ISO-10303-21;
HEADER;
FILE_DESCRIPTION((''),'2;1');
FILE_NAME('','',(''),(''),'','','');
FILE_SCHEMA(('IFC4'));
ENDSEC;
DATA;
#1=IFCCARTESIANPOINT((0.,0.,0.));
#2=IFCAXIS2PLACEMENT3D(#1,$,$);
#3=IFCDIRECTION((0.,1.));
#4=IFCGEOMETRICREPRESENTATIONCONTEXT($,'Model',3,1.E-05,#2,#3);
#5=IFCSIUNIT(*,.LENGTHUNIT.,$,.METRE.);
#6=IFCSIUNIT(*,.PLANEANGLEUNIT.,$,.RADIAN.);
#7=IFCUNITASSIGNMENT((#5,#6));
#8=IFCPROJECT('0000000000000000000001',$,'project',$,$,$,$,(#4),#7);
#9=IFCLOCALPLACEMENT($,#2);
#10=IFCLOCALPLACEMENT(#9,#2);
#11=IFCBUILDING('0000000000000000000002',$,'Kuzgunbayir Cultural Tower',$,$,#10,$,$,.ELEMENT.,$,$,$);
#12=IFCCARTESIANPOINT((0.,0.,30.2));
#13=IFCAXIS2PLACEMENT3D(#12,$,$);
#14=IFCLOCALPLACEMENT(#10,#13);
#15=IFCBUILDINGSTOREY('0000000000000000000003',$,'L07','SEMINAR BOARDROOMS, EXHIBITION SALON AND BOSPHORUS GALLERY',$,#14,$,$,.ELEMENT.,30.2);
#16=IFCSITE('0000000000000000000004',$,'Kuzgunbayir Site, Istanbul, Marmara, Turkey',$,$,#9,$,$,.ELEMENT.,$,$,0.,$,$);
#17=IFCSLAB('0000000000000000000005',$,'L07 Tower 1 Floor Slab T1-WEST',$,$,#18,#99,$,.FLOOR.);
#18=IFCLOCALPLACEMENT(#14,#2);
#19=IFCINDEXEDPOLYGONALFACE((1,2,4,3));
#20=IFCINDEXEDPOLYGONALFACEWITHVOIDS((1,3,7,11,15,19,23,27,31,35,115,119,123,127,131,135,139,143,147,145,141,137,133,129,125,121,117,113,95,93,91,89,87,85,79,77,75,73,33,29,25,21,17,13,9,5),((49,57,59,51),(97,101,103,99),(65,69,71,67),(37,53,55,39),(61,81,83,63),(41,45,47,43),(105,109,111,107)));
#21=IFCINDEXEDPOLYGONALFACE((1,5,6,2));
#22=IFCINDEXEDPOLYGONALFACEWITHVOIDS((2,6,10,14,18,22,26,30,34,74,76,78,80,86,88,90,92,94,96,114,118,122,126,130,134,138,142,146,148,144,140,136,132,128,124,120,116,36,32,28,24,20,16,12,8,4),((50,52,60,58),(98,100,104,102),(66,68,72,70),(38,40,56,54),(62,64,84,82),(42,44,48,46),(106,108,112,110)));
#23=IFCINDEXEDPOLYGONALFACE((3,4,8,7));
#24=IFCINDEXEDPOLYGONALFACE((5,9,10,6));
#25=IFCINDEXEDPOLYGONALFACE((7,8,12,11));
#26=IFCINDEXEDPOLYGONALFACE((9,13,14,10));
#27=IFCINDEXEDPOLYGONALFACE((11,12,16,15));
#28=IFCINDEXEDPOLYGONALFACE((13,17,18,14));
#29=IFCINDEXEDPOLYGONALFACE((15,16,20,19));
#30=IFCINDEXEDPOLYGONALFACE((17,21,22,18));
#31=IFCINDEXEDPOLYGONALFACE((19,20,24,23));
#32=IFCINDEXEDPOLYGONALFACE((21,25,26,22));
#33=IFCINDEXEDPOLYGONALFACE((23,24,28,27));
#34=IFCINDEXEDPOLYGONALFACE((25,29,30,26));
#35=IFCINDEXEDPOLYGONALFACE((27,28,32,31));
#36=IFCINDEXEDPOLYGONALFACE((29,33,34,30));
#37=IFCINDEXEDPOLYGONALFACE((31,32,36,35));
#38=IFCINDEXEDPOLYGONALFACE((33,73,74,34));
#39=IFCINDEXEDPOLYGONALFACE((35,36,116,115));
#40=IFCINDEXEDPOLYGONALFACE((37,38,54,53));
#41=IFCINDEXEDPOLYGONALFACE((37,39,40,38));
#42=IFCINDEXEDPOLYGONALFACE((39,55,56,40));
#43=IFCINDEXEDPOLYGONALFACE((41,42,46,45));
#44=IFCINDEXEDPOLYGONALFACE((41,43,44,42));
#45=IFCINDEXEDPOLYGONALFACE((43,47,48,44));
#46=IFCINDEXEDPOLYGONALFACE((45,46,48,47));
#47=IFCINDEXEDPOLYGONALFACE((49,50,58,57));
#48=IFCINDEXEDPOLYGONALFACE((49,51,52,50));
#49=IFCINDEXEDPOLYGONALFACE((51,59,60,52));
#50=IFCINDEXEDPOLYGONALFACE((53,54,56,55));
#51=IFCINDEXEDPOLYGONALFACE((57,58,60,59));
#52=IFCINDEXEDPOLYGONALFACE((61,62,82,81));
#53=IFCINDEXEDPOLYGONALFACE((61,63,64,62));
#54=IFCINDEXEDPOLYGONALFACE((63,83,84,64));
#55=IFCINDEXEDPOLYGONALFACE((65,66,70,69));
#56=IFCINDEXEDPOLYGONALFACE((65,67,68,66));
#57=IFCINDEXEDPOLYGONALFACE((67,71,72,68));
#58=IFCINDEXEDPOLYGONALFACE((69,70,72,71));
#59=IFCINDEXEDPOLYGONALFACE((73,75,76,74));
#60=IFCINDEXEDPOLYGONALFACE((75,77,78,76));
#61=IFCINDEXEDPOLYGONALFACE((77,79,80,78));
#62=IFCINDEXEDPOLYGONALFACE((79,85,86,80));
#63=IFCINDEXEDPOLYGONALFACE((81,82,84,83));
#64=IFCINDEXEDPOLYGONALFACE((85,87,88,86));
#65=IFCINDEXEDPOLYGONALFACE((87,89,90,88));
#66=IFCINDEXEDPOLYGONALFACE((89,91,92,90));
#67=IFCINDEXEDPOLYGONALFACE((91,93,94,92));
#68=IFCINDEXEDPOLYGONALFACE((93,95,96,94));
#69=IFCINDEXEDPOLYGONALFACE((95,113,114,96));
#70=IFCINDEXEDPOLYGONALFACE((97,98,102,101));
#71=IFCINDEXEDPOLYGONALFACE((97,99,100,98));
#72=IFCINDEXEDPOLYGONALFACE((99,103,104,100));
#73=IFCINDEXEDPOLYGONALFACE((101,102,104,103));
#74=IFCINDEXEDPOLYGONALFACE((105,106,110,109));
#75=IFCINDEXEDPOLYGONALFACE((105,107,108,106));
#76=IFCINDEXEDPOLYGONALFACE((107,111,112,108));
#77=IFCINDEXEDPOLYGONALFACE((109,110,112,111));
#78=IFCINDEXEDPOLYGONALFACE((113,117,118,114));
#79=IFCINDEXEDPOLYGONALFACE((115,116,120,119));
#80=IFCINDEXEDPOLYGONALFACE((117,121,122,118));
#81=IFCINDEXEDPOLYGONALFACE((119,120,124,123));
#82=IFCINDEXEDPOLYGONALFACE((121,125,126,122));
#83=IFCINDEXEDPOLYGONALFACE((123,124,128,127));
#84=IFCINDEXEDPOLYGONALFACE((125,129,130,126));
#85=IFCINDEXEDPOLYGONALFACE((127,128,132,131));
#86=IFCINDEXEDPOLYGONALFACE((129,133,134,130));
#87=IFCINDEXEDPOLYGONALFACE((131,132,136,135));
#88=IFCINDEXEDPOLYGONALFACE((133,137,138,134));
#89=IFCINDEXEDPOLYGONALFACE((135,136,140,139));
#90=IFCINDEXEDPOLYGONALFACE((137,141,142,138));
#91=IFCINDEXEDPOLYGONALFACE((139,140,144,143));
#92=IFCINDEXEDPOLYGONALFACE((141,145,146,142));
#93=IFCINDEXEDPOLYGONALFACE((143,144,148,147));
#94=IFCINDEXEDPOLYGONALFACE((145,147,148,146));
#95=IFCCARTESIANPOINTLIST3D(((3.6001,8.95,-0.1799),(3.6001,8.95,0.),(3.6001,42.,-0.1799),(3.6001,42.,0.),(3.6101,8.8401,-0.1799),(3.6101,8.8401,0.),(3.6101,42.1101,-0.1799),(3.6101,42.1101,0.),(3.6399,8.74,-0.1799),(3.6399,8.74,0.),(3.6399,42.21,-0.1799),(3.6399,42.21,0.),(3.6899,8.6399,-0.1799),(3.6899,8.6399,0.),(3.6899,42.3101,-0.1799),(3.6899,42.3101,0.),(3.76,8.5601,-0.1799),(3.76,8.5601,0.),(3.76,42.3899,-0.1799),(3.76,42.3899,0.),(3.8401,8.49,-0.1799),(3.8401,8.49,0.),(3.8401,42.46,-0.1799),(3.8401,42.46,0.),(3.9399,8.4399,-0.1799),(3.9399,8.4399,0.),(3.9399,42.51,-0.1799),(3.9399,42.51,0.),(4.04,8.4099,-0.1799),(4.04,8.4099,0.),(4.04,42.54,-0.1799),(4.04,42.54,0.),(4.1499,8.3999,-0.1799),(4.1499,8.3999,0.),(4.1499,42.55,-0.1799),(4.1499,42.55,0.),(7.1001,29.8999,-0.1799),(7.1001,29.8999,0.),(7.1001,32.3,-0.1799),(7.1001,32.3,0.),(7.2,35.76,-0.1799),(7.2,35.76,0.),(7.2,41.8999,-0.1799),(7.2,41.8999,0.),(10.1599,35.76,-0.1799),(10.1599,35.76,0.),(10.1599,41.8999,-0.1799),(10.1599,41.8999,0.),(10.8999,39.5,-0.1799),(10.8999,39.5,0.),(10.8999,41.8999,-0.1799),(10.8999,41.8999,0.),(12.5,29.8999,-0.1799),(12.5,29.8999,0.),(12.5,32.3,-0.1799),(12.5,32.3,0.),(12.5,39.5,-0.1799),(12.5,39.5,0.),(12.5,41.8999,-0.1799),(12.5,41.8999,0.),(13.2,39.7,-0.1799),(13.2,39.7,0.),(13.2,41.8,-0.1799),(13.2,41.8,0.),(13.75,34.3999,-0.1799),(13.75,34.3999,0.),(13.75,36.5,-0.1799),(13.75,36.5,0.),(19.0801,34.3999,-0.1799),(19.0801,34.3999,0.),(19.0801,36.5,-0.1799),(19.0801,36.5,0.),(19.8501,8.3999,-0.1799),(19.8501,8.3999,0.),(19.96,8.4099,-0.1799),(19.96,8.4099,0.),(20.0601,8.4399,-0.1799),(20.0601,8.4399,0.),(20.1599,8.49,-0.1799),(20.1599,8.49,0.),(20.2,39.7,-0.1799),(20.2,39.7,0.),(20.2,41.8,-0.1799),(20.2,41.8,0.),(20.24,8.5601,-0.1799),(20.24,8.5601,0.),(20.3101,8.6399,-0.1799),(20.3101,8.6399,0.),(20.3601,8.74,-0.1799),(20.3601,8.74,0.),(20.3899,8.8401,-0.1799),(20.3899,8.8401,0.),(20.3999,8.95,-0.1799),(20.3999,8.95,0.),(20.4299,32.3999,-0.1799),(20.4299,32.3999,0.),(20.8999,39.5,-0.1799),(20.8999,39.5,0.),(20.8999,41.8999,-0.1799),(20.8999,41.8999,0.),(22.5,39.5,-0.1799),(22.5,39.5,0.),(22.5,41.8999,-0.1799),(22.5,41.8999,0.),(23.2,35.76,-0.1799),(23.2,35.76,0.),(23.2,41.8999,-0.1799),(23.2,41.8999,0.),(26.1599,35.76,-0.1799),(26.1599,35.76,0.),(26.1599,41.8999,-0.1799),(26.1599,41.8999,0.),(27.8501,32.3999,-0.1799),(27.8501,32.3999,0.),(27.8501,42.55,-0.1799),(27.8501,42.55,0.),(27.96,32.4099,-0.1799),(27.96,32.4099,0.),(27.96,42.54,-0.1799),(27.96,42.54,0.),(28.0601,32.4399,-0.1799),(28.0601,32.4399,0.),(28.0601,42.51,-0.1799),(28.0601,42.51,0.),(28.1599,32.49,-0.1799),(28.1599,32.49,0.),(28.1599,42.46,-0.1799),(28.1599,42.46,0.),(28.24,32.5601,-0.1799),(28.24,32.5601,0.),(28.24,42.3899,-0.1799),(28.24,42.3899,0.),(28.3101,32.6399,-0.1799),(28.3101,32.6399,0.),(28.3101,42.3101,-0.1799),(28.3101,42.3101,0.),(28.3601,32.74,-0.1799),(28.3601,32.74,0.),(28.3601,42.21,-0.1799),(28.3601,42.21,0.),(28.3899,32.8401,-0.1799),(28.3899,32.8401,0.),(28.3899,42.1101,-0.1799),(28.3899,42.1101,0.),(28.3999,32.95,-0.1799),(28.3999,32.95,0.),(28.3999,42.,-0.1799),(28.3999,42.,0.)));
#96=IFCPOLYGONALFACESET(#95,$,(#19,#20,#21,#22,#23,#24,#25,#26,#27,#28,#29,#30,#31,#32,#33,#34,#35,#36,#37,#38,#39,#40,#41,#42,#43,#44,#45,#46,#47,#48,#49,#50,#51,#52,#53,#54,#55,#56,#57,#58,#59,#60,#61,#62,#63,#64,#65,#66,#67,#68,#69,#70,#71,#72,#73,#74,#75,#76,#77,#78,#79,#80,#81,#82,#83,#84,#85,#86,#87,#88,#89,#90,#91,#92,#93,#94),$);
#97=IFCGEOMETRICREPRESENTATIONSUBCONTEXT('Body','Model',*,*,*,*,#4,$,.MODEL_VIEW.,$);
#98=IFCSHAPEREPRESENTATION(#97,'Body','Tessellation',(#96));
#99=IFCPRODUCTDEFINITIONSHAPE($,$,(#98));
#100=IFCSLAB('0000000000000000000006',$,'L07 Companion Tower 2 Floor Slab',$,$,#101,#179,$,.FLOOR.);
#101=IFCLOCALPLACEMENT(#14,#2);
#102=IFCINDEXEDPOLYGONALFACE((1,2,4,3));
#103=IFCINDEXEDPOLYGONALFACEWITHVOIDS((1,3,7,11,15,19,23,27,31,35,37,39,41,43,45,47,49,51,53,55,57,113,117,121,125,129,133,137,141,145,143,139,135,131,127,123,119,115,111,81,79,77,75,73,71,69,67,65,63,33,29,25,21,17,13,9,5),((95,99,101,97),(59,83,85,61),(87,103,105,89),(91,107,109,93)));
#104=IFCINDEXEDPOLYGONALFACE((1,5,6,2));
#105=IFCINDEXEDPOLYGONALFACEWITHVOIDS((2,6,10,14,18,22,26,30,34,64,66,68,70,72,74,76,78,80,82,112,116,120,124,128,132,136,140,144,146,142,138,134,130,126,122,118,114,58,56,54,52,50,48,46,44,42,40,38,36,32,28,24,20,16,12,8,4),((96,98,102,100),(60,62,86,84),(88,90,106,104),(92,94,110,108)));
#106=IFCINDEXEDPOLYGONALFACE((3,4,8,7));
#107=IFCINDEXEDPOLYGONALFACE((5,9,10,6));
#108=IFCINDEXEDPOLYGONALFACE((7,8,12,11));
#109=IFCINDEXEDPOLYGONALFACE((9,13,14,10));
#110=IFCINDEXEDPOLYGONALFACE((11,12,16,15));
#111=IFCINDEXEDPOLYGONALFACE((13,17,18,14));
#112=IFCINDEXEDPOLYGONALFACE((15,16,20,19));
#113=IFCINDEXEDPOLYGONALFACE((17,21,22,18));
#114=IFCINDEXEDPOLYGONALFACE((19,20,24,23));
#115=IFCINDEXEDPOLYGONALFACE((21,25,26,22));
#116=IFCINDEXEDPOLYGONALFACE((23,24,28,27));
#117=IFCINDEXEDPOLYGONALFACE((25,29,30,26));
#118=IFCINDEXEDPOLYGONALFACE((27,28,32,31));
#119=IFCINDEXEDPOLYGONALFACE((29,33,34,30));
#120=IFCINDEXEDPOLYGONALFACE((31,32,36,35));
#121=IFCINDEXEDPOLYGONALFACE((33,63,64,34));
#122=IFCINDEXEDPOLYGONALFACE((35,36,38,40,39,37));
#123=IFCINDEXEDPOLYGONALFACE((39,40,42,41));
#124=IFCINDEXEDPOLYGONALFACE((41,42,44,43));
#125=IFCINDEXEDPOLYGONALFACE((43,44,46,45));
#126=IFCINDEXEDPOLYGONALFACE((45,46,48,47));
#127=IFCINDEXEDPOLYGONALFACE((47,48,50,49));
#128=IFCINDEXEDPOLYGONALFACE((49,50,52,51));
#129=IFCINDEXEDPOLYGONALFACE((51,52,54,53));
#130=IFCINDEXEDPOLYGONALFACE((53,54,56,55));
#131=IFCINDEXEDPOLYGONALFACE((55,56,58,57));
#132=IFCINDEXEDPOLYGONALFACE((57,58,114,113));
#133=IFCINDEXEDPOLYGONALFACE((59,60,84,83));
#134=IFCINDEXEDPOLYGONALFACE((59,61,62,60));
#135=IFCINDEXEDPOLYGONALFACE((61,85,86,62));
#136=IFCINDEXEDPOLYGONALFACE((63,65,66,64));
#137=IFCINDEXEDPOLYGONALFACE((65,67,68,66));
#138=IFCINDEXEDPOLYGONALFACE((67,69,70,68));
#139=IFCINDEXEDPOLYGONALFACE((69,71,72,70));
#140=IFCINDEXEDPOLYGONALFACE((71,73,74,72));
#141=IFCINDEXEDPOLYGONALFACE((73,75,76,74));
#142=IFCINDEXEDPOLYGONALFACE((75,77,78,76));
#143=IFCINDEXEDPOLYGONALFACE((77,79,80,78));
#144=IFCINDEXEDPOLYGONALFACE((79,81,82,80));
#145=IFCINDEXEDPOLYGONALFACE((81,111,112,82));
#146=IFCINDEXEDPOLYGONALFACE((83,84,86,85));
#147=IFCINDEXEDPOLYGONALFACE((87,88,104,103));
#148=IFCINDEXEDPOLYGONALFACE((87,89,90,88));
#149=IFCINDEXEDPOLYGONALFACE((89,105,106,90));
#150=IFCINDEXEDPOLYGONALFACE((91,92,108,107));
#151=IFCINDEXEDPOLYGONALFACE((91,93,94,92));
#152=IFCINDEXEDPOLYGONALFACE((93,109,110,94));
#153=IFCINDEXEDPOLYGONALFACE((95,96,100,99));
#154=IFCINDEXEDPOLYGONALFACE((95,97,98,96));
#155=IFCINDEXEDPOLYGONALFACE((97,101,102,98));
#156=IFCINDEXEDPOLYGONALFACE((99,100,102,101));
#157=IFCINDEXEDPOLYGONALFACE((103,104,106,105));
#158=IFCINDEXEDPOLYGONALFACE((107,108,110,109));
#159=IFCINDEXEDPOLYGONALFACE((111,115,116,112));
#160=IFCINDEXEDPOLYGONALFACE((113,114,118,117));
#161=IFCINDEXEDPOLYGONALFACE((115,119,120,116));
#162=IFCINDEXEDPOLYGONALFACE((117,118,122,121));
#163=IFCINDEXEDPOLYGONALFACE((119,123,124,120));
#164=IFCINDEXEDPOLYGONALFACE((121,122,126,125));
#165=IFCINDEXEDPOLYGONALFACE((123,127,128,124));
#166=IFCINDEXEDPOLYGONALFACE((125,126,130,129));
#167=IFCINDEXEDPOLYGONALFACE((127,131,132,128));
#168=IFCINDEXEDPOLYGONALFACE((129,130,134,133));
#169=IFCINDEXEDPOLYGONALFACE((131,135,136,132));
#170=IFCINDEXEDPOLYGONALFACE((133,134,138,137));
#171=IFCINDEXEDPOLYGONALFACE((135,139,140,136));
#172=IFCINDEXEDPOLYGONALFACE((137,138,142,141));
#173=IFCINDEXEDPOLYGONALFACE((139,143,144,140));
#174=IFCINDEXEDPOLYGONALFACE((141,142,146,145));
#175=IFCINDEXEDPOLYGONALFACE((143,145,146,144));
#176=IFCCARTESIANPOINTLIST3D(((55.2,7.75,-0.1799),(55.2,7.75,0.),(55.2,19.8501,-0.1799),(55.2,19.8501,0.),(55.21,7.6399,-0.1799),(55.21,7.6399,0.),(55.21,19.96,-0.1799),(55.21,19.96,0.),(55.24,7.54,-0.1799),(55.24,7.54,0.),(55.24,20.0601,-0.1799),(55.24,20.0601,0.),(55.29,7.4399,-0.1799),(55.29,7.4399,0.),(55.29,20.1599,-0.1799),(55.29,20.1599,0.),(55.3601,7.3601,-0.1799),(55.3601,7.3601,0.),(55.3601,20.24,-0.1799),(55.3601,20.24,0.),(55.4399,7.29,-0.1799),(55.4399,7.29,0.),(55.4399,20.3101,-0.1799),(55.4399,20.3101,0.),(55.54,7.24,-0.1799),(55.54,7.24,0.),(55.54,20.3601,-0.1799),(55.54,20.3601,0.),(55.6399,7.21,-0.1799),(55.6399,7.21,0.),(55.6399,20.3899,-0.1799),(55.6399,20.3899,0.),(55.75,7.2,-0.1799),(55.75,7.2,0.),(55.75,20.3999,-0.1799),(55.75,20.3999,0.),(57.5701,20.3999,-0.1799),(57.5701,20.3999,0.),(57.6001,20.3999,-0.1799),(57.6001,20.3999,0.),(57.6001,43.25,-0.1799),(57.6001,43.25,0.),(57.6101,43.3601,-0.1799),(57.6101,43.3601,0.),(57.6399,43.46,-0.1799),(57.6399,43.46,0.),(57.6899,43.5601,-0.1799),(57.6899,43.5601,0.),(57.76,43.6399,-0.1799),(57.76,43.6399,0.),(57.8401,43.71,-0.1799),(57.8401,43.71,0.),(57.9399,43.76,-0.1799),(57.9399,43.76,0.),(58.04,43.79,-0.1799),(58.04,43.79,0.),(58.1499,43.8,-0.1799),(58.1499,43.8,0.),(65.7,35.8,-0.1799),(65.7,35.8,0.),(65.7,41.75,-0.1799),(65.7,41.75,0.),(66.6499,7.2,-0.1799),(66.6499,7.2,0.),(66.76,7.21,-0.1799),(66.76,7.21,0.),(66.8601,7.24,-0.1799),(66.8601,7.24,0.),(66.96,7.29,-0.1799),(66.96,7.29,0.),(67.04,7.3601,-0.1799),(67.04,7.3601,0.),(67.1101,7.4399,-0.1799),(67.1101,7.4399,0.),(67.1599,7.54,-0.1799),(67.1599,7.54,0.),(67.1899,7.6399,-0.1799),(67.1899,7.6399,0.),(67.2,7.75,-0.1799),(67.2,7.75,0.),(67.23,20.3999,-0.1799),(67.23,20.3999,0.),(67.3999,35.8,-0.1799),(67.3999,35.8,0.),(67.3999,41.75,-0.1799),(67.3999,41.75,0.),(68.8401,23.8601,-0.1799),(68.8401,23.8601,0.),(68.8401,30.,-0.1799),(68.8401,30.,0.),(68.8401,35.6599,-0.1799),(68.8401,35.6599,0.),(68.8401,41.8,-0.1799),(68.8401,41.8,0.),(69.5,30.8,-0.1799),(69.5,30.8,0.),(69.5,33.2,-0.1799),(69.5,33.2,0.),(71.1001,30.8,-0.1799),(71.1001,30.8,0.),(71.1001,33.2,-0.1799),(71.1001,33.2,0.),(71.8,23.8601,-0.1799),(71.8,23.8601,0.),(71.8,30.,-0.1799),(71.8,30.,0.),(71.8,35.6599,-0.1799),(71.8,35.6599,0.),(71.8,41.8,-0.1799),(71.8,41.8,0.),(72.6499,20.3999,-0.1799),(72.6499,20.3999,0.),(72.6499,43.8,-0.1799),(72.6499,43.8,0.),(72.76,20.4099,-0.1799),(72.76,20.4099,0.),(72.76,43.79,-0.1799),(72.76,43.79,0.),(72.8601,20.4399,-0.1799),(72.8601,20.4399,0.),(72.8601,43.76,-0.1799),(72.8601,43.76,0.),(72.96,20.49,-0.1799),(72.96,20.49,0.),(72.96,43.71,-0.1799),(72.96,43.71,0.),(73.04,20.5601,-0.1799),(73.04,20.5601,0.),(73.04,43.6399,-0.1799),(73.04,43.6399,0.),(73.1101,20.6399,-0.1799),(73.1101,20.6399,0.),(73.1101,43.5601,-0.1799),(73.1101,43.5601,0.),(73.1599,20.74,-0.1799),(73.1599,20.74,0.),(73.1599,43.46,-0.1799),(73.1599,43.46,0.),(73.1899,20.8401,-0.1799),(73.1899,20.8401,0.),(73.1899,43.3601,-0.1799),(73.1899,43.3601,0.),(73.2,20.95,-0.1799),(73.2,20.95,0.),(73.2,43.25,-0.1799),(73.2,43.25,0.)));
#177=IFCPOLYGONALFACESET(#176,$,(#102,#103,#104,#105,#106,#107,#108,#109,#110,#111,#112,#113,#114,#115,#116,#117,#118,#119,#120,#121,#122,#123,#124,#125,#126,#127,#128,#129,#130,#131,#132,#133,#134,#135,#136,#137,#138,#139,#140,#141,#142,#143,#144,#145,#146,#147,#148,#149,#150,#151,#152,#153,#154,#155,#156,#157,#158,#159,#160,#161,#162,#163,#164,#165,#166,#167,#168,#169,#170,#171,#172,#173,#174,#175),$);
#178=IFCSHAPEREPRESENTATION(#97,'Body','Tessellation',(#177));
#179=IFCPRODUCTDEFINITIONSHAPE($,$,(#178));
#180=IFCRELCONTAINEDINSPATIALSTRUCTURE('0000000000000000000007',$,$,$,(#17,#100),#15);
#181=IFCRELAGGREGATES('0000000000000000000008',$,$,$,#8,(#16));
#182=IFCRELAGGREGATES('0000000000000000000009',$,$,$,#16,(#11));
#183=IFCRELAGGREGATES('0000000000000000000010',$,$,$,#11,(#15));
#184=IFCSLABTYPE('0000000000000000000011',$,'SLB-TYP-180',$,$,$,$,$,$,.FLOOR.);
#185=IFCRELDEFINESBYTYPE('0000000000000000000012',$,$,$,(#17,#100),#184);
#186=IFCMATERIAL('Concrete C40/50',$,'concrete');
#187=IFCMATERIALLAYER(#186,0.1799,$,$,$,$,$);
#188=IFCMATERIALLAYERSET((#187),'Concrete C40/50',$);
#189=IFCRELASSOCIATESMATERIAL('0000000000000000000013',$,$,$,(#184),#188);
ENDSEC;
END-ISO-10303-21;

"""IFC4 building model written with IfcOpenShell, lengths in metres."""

from ifc_helpers import new_model, si_unit, direction, frame, origin, place, context, subcontext, project, spatial, polyline, outline, extrude, material, layer, layer_set, type_object, element, save


model = new_model("IFC4")

# Units and contexts
model_context = context("Model", 3, precision=1e-05, world=origin(), true_north=direction((0.0, 1.0)))
body_context = subcontext(model_context, "Body", "Model", "MODEL_VIEW")
ifc_project = project(units=[si_unit("LENGTHUNIT", "METRE"), si_unit("PLANEANGLEUNIT", "RADIAN")], contexts=[model_context])

# Site, building, storey
site_placement = place(None, origin())
site = spatial("IfcSite", under=ifc_project, at=site_placement, Name="Kuzgunbayir Site, Istanbul, Marmara, Turkey", CompositionType="ELEMENT", RefElevation=0.0)
building_placement = place(site_placement, origin())
building = spatial("IfcBuilding", under=site, at=building_placement, Name="Kuzgunbayir Cultural Tower", CompositionType="ELEMENT")
storey_placement = place(building_placement, frame((0.0, 0.0, 30.2)))
storey = spatial("IfcBuildingStorey", under=building, at=storey_placement, Name="L07", Description="SEMINAR BOARDROOMS, EXHIBITION SALON AND BOSPHORUS GALLERY", CompositionType="ELEMENT", Elevation=30.2)

# Shared definitions
ifc_material_1 = material(Name="Concrete C40/50", Category="concrete")

# Slabs
ifc_layer_1 = layer(ifc_material_1, 0.1799)
ifc_layer_set_1 = layer_set([ifc_layer_1], Name="Concrete C40/50")
slab_type_1 = type_object("IfcSlabType", Name="SLB-TYP-180", PredefinedType="FLOOR", material=ifc_layer_set_1)
slab_1_placement = place(storey_placement, frame((0.0, 0.0, -0.1799)))
element("IfcSlab", 1, at=slab_1_placement, inside=storey, type_object=slab_type_1, Name="L07 Tower 1 Floor Slab T1-WEST", PredefinedType="FLOOR", context=body_context, shape_type="SweptSolid", body=[
    extrude(outline(polyline([(20.3999, 8.95), (20.3899, 8.8401), (20.3601, 8.74), (20.3101, 8.6399), (20.24, 8.5601), (20.1599, 8.49), (20.0601, 8.4399), (19.96, 8.4099), (19.8501, 8.3999), (4.1499, 8.3999), (4.04, 8.4099), (3.9399, 8.4399), (3.8401, 8.49), (3.76, 8.5601), (3.6899, 8.6399), (3.6399, 8.74), (3.6101, 8.8401), (3.6001, 8.95), (3.6001, 42.0), (3.6101, 42.1101), (3.6399, 42.21), (3.6899, 42.3101), (3.76, 42.3899), (3.8401, 42.46), (3.9399, 42.51), (4.04, 42.54), (4.1499, 42.55), (27.8501, 42.55), (27.96, 42.54), (28.0601, 42.51), (28.1599, 42.46), (28.24, 42.3899), (28.3101, 42.3101), (28.3601, 42.21), (28.3899, 42.1101), (28.3999, 42.0), (28.3999, 32.95), (28.3899, 32.8401), (28.3601, 32.74), (28.3101, 32.6399), (28.24, 32.5601), (28.1599, 32.49), (28.0601, 32.4399), (27.96, 32.4099), (27.8501, 32.3999), (20.4299, 32.3999), (20.3999, 8.95)]), holes=[polyline([(7.2, 35.76), (7.2, 41.8999), (10.1599, 41.8999), (10.1599, 35.76), (7.2, 35.76)]), polyline([(23.2, 35.76), (23.2, 41.8999), (26.1599, 41.8999), (26.1599, 35.76), (23.2, 35.76)]), polyline([(13.2, 39.7), (13.2, 41.8), (20.2, 41.8), (20.2, 39.7), (13.2, 39.7)]), polyline([(13.75, 34.3999), (13.75, 36.5), (19.0801, 36.5), (19.0801, 34.3999), (13.75, 34.3999)]), polyline([(7.1001, 29.8999), (7.1001, 32.3), (12.5, 32.3), (12.5, 29.8999), (7.1001, 29.8999)]), polyline([(10.8999, 39.5), (10.8999, 41.8999), (12.5, 41.8999), (12.5, 39.5), (10.8999, 39.5)]), polyline([(20.8999, 39.5), (20.8999, 41.8999), (22.5, 41.8999), (22.5, 39.5), (20.8999, 39.5)])]), origin(), (0.0, 0.0, 1.0), 0.1799),
])
slab_2_placement = place(storey_placement, frame((0.0, 0.0, -0.1799)))
element("IfcSlab", 2, at=slab_2_placement, inside=storey, type_object=slab_type_1, Name="L07 Companion Tower 2 Floor Slab", PredefinedType="FLOOR", context=body_context, shape_type="SweptSolid", body=[
    extrude(outline(polyline([(57.6001, 20.3999), (57.6001, 43.25), (57.6101, 43.3601), (57.6399, 43.46), (57.6899, 43.5601), (57.76, 43.6399), (57.8401, 43.71), (57.9399, 43.76), (58.04, 43.79), (58.1499, 43.8), (72.6499, 43.8), (72.76, 43.79), (72.8601, 43.76), (72.96, 43.71), (73.04, 43.6399), (73.1101, 43.5601), (73.1599, 43.46), (73.1899, 43.3601), (73.2, 43.25), (73.2, 20.95), (73.1899, 20.8401), (73.1599, 20.74), (73.1101, 20.6399), (73.04, 20.5601), (72.96, 20.49), (72.8601, 20.4399), (72.76, 20.4099), (72.6499, 20.3999), (67.23, 20.3999), (67.2, 7.75), (67.1899, 7.6399), (67.1599, 7.54), (67.1101, 7.4399), (67.04, 7.3601), (66.96, 7.29), (66.8601, 7.24), (66.76, 7.21), (66.6499, 7.2), (55.75, 7.2), (55.6399, 7.21), (55.54, 7.24), (55.4399, 7.29), (55.3601, 7.3601), (55.29, 7.4399), (55.24, 7.54), (55.21, 7.6399), (55.2, 7.75), (55.2, 19.8501), (55.21, 19.96), (55.24, 20.0601), (55.29, 20.1599), (55.3601, 20.24), (55.4399, 20.3101), (55.54, 20.3601), (55.6399, 20.3899), (55.75, 20.3999), (57.5701, 20.3999), (57.6001, 20.3999)]), holes=[polyline([(68.8401, 23.8601), (68.8401, 30.0), (71.8, 30.0), (71.8, 23.8601), (68.8401, 23.8601)]), polyline([(68.8401, 35.6599), (68.8401, 41.8), (71.8, 41.8), (71.8, 35.6599), (68.8401, 35.6599)]), polyline([(65.7, 35.8), (65.7, 41.75), (67.3999, 41.75), (67.3999, 35.8), (65.7, 35.8)]), polyline([(69.5, 30.8), (69.5, 33.2), (71.1001, 33.2), (71.1001, 30.8), (69.5, 30.8)])]), origin(), (0.0, 0.0, 1.0), 0.1799),
])

save(model, "model.ifc")
